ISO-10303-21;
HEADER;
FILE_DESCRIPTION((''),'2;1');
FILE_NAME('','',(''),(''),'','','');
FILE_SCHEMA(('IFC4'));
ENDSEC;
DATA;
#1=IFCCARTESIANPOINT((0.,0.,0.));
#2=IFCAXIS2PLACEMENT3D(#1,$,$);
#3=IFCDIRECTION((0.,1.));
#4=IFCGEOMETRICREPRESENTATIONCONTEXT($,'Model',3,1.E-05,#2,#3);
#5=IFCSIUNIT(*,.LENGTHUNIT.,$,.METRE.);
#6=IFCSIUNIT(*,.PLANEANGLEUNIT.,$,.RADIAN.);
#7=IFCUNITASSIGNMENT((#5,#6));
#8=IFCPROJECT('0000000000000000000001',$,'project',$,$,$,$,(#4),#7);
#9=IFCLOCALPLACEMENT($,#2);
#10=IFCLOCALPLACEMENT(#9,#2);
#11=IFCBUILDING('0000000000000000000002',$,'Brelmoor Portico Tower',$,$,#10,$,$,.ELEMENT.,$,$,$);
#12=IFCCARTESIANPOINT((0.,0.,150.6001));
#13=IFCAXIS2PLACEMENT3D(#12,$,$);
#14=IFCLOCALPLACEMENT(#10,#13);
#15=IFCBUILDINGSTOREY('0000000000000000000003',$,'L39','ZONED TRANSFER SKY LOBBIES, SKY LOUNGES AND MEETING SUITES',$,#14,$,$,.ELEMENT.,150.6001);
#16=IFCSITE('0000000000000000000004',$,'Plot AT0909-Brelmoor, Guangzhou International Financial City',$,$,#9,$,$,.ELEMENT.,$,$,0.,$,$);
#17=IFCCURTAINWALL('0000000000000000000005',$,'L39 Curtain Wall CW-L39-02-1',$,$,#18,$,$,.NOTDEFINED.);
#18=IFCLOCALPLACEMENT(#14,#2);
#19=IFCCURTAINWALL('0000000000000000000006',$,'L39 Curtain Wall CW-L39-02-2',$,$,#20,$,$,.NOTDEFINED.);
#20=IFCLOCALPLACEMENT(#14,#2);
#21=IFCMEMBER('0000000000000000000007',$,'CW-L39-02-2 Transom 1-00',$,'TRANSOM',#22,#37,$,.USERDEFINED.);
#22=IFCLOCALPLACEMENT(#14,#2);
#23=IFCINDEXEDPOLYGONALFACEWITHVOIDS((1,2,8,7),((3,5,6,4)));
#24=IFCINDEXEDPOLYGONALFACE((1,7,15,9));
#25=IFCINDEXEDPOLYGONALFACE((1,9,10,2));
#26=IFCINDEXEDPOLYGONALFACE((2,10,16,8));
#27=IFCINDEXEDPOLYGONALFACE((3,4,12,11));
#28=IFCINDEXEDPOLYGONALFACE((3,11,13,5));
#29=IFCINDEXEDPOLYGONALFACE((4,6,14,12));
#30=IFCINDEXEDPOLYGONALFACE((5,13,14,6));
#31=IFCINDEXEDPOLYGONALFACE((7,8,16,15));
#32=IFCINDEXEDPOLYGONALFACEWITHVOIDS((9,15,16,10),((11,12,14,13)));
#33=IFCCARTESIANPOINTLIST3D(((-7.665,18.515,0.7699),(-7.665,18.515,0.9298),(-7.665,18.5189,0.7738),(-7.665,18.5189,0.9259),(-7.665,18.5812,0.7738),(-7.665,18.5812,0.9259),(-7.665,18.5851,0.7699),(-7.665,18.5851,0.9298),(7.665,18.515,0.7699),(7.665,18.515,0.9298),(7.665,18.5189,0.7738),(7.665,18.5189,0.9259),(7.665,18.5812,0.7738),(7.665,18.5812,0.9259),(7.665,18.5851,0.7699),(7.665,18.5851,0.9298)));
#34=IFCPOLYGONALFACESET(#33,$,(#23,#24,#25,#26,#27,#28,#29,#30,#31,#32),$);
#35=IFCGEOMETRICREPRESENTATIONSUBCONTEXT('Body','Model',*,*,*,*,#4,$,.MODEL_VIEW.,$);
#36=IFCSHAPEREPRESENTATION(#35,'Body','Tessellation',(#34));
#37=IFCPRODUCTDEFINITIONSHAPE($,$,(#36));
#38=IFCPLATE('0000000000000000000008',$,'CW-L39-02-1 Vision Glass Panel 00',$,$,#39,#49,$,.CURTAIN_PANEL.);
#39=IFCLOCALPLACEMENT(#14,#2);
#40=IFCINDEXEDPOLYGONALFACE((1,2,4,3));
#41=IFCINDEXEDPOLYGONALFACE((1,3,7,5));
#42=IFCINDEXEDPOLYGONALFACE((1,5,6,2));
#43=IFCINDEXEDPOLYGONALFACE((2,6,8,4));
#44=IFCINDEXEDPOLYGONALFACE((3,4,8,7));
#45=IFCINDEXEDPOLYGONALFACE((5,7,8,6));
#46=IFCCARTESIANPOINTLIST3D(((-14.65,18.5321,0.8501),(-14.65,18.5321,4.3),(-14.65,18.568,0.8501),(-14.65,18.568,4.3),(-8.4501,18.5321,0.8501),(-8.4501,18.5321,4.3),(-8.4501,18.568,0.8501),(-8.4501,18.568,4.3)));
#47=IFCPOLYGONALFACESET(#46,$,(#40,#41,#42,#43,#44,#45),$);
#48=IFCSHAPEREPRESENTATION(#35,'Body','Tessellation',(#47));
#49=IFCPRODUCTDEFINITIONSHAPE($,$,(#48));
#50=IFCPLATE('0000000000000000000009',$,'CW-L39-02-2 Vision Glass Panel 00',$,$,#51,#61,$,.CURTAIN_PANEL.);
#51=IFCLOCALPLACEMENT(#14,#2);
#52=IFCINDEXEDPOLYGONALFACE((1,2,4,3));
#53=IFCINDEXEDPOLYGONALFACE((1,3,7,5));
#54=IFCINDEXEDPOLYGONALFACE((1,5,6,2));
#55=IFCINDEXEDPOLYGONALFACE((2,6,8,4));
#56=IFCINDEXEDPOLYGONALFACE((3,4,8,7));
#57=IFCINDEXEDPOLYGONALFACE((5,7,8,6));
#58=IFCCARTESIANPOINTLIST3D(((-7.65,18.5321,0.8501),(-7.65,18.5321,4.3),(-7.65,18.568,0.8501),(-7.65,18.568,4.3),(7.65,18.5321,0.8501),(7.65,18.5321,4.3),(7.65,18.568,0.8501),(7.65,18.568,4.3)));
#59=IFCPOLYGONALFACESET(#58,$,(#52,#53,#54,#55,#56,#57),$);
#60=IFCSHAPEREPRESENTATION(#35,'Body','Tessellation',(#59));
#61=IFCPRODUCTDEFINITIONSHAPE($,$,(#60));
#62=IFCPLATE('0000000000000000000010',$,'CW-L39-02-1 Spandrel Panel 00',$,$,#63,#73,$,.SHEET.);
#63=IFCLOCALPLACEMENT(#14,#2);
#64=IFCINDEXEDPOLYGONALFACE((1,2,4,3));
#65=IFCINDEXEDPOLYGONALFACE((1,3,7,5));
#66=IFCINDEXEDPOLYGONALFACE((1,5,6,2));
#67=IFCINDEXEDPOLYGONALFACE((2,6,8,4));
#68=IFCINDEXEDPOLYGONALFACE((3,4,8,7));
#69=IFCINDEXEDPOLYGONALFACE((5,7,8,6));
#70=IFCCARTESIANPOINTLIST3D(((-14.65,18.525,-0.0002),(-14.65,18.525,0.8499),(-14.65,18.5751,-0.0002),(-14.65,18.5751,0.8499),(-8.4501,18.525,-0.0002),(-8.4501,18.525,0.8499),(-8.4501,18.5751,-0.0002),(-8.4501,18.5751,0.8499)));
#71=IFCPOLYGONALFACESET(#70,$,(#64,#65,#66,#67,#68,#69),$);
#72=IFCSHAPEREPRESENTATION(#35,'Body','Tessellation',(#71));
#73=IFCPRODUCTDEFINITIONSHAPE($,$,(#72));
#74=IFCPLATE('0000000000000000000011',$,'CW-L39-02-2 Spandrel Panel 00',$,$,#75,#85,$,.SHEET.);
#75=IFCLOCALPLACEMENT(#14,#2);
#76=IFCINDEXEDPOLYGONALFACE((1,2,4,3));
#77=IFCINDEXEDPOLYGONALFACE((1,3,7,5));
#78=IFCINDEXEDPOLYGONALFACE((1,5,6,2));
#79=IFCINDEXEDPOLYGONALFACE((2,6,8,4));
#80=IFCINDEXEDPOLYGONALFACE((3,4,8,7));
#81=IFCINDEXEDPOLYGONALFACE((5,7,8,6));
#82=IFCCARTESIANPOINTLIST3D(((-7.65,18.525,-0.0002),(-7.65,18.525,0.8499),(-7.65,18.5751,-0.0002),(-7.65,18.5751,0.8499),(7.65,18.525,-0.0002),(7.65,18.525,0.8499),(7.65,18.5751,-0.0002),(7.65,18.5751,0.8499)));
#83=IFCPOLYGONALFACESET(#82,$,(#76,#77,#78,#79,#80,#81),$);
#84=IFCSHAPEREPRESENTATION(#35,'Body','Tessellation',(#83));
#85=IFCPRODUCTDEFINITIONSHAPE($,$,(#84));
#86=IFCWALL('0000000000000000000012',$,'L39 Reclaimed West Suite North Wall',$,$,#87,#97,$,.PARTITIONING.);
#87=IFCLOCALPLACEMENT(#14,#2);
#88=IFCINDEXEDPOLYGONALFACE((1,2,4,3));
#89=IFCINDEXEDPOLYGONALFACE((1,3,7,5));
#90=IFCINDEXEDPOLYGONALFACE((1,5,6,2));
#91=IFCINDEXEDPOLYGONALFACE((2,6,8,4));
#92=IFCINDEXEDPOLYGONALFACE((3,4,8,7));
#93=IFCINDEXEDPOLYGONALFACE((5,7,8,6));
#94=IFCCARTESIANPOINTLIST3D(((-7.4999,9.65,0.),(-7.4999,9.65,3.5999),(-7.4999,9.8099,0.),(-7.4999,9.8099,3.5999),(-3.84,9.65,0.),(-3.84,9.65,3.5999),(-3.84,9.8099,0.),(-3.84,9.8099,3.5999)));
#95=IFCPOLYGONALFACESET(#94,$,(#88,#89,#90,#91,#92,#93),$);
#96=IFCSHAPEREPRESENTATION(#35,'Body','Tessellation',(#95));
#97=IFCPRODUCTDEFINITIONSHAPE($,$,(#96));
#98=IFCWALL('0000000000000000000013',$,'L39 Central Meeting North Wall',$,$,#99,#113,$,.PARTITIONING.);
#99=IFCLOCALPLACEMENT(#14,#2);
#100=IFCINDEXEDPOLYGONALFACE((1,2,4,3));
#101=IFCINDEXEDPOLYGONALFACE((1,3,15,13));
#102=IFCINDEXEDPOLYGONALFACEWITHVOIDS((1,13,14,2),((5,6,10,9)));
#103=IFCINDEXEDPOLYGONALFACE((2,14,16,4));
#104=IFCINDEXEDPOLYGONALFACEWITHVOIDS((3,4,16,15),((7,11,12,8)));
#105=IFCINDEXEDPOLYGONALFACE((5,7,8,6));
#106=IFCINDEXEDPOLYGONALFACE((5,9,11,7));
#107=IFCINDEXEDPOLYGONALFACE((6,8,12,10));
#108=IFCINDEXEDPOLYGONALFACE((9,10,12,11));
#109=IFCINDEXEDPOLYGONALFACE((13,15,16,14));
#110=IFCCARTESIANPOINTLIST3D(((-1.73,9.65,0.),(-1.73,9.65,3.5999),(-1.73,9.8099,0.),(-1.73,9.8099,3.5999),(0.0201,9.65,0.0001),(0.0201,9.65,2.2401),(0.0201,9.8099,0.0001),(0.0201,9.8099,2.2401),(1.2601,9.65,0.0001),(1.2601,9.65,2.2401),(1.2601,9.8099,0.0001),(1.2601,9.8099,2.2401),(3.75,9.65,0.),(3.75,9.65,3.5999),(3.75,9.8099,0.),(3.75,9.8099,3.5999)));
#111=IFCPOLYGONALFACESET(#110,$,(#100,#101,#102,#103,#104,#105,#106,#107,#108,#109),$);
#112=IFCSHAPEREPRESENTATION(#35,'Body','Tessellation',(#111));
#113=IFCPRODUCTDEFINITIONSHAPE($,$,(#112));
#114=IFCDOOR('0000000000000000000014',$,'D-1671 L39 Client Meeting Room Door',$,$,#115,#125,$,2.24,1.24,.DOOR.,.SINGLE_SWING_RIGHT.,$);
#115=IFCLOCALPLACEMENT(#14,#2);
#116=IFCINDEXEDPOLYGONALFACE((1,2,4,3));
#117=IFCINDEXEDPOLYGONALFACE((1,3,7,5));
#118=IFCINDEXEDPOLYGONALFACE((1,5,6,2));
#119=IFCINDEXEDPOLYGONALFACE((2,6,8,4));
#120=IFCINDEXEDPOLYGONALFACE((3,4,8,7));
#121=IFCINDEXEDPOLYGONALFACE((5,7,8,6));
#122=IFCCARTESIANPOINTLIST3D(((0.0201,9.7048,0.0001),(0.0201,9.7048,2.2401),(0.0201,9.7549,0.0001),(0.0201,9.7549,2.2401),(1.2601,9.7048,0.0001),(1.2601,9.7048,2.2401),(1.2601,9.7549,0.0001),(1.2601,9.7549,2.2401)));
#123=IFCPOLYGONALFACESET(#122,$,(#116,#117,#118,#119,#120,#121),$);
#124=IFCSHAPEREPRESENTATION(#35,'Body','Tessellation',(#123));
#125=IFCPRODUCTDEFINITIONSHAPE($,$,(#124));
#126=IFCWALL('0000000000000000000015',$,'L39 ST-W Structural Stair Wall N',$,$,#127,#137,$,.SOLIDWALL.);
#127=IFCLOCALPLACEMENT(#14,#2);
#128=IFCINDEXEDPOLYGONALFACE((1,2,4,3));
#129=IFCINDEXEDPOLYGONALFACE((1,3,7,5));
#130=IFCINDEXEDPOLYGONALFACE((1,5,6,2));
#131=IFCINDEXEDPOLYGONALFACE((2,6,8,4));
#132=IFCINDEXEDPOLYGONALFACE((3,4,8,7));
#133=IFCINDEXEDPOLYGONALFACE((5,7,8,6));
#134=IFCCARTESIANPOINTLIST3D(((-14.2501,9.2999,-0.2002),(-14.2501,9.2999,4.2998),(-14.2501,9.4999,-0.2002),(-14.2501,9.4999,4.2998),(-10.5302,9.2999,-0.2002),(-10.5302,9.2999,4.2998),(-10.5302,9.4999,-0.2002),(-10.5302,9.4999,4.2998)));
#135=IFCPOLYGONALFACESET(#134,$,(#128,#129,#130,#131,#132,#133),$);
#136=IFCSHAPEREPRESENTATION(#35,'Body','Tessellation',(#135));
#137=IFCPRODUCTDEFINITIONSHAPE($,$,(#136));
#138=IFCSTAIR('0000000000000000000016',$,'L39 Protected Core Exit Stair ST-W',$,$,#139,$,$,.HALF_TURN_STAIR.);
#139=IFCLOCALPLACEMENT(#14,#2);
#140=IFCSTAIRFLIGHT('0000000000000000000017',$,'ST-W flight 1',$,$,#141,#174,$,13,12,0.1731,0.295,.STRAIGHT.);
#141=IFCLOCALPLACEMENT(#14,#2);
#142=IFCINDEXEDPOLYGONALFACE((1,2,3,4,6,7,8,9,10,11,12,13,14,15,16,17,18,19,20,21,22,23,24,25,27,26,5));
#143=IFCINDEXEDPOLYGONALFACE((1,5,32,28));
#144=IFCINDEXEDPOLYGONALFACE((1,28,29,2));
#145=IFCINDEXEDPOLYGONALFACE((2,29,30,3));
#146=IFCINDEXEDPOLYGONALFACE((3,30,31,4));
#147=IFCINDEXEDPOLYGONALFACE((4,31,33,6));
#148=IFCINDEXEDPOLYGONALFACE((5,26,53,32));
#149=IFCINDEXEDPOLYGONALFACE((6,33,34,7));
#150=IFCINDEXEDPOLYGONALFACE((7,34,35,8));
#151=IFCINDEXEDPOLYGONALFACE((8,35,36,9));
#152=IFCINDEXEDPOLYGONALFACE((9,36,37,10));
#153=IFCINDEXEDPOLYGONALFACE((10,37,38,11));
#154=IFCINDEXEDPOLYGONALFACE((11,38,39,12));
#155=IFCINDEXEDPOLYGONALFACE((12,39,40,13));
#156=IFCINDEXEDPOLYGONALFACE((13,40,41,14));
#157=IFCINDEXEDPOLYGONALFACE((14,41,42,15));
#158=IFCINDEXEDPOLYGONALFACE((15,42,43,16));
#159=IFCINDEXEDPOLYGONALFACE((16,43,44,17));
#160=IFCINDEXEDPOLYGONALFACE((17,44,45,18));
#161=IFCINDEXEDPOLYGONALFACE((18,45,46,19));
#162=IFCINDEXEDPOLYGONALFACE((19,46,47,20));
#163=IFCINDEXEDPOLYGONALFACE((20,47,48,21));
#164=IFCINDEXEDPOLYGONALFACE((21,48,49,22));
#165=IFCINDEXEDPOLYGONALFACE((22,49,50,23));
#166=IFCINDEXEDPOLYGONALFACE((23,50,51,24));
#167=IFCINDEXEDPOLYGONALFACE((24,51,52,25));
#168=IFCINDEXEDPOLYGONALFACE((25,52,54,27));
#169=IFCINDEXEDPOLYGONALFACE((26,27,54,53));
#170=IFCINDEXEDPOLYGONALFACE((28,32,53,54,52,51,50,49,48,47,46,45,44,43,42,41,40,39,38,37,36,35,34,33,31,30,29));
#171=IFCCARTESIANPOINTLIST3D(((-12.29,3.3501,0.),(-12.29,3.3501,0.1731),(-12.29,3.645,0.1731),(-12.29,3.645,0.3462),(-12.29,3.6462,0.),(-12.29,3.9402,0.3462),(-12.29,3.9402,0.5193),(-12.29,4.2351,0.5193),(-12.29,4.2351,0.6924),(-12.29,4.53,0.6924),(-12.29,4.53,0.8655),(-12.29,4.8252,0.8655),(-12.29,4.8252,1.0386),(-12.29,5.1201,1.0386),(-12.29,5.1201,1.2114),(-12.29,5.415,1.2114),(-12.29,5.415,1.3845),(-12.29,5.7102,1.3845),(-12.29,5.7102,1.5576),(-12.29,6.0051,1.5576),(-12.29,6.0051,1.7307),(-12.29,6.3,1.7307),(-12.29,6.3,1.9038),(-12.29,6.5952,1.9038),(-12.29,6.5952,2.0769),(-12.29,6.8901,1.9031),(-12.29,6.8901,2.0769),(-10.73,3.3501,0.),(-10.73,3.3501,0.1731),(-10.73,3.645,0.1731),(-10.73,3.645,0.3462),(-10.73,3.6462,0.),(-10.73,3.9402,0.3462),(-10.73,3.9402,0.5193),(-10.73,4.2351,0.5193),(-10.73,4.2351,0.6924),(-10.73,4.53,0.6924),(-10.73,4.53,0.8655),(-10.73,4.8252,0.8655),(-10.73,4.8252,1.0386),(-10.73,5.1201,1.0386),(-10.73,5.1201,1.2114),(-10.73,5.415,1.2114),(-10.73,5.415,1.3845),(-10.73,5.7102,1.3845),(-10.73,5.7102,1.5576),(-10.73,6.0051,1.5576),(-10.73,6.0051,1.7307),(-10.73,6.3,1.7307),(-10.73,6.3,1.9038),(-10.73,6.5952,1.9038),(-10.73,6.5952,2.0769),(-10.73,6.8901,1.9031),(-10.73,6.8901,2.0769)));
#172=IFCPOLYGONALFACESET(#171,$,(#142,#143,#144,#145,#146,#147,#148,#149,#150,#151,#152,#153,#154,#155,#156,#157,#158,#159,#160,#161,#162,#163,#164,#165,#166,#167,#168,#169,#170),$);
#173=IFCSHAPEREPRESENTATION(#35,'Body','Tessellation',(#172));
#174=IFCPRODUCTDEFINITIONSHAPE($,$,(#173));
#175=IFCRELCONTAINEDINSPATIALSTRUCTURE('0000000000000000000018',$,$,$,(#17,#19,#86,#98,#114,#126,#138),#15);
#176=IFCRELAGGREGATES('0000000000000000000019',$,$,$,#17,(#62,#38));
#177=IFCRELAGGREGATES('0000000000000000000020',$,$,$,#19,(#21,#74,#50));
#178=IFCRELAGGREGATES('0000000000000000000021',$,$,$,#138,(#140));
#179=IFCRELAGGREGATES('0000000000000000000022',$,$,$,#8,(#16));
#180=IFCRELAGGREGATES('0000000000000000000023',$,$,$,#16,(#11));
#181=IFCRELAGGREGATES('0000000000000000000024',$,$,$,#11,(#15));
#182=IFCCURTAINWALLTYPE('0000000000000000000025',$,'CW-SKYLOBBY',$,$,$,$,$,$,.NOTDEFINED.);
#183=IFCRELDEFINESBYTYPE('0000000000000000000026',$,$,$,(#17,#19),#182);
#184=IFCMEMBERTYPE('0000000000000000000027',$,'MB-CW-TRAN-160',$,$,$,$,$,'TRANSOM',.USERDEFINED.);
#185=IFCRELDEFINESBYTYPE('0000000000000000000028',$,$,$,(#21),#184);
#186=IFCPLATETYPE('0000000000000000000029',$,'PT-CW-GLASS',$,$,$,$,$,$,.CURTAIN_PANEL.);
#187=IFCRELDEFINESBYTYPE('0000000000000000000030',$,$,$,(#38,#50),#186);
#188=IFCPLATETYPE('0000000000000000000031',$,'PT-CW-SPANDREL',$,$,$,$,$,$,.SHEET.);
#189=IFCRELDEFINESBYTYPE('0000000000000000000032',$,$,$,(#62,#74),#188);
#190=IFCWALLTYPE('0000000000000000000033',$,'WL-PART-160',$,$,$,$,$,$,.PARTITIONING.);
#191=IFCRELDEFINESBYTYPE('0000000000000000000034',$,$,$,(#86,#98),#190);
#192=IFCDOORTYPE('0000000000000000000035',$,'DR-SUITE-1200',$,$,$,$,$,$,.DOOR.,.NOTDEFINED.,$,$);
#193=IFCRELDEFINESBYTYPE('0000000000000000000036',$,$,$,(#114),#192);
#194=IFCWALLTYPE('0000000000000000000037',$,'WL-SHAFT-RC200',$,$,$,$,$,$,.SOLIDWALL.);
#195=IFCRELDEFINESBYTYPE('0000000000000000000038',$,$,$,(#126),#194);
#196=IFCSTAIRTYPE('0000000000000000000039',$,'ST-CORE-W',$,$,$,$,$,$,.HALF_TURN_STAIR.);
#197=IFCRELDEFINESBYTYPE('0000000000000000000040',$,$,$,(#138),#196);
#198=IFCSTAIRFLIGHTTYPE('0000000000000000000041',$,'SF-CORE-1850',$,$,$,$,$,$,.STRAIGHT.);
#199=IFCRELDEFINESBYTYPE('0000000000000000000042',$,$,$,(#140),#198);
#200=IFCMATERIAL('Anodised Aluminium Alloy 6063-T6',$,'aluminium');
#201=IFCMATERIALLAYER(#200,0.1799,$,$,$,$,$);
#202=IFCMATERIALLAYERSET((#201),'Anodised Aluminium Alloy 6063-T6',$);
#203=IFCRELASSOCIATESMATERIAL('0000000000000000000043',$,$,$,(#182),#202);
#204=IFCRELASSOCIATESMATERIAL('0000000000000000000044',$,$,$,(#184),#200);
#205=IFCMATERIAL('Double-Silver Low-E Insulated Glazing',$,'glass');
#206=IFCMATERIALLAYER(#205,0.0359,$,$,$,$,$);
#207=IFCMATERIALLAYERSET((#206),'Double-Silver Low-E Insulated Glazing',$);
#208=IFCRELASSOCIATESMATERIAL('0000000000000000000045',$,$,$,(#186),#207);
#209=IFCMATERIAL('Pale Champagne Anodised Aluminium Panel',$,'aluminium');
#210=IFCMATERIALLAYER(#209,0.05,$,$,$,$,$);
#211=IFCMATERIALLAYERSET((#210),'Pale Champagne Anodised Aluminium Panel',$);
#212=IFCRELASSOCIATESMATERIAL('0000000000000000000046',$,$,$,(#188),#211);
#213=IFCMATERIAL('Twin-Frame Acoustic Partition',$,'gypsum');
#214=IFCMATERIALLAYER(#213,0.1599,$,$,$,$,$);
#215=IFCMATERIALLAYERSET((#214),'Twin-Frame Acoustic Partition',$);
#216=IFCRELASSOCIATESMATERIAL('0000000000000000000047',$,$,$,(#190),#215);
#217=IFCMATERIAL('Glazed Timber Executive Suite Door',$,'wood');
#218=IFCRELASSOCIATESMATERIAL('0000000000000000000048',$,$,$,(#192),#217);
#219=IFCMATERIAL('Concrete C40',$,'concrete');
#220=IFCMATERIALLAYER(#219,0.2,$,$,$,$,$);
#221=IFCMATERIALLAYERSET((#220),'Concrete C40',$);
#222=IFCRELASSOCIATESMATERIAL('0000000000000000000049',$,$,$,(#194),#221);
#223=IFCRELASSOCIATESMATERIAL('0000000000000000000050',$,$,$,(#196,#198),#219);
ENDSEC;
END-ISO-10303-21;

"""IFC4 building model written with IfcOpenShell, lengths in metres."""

from ifc_helpers import new_model, si_unit, direction, frame, frame_2d, origin, origin_2d, place, context, subcontext, project, spatial, polyline, rectangle, hollow_rectangle, outline, extrude, material, layer, layer_set, material_profile, profile_set, type_object, element, fill, aggregate, save


model = new_model("IFC4")

# Units and contexts
model_context = context("Model", 3, precision=1e-05, world=origin(), true_north=direction((0.0, 1.0)))
body_context = subcontext(model_context, "Body", "Model", "MODEL_VIEW")
ifc_project = project(units=[si_unit("LENGTHUNIT", "METRE"), si_unit("PLANEANGLEUNIT", "RADIAN")], contexts=[model_context])

# Site, building, storey
site_placement = place(None, origin())
site = spatial("IfcSite", under=ifc_project, at=site_placement, Name="Plot AT0909-Brelmoor, Guangzhou International Financial City", CompositionType="ELEMENT", RefElevation=0.0)
building_placement = place(site_placement, origin())
building = spatial("IfcBuilding", under=site, at=building_placement, Name="Brelmoor Portico Tower", CompositionType="ELEMENT")
storey_placement = place(building_placement, frame((0.0, 0.0, 150.6001)))
storey = spatial("IfcBuildingStorey", under=building, at=storey_placement, Name="L39", Description="ZONED TRANSFER SKY LOBBIES, SKY LOUNGES AND MEETING SUITES", CompositionType="ELEMENT", Elevation=150.6001)

# Curtain wall
ifc_material_1 = material(Name="Anodised Aluminium Alloy 6063-T6", Category="aluminium")
ifc_layer_1 = layer(ifc_material_1, 0.1799)
ifc_layer_set_1 = layer_set([ifc_layer_1], Name="Anodised Aluminium Alloy 6063-T6")
curtain_wall_type = type_object("IfcCurtainWallType", Name="CW-SKYLOBBY", PredefinedType="NOTDEFINED", material=ifc_layer_set_1)
curtain_wall_1_placement = place(storey_placement, origin())
curtain_wall_1 = element("IfcCurtainWall", 1, at=curtain_wall_1_placement, inside=storey, type_object=curtain_wall_type, Name="L39 Curtain Wall CW-L39-02-1", PredefinedType="NOTDEFINED")

# Curtain wall, member
curtain_wall_2_placement = place(storey_placement, origin())
curtain_wall_2 = element("IfcCurtainWall", 2, at=curtain_wall_2_placement, inside=storey, type_object=curtain_wall_type, Name="L39 Curtain Wall CW-L39-02-2", PredefinedType="NOTDEFINED")
ifc_material_profile_1 = material_profile(ifc_material_1, hollow_rectangle(XDim=0.0701, YDim=0.1599, WallThickness=0.0039, at=origin_2d()), Name="ALU TRANSOM 70x160")
ifc_profile_set_1 = profile_set([ifc_material_profile_1], Name="Anodised Aluminium Alloy 6063-T6")
member_type_1 = type_object("IfcMemberType", Name="MB-CW-TRAN-160", ElementType="TRANSOM", PredefinedType="USERDEFINED", material=ifc_profile_set_1)
member_1_placement = place(storey_placement, frame((-7.665, 18.55, 0.8499), z_axis=(1.0, 0.0, 0.0), x_axis=(0.0, 1.0, 0.0)))
member_1 = element("IfcMember", 3, at=member_1_placement, type_object=member_type_1, Name="CW-L39-02-2 Transom 1-00", ObjectType="TRANSOM", PredefinedType="USERDEFINED", context=body_context, shape_type="SweptSolid", body=[
    extrude(hollow_rectangle(XDim=0.0701, YDim=0.1599, WallThickness=0.0039, at=origin_2d()), origin(), (0.0, 0.0, 1.0), 15.3301),
])

# Plates
ifc_material_2 = material(Name="Double-Silver Low-E Insulated Glazing", Category="glass")
ifc_layer_2 = layer(ifc_material_2, 0.0359)
ifc_layer_set_2 = layer_set([ifc_layer_2], Name="Double-Silver Low-E Insulated Glazing")
plate_type_1 = type_object("IfcPlateType", Name="PT-CW-GLASS", PredefinedType="CURTAIN_PANEL", material=ifc_layer_set_2)
plate_1_placement = place(storey_placement, frame((-11.55, 18.55, 0.8501), z_axis=(0.0, 0.0, 1.0), x_axis=(1.0, 0.0, 0.0)))
plate_1 = element("IfcPlate", 4, at=plate_1_placement, type_object=plate_type_1, Name="CW-L39-02-1 Vision Glass Panel 00", PredefinedType="CURTAIN_PANEL", context=body_context, shape_type="SweptSolid", body=[
    extrude(rectangle(XDim=6.2, YDim=0.0359, at=origin_2d()), origin(), (0.0, 0.0, 1.0), 3.45),
])
plate_2_placement = place(storey_placement, frame((0.0, 18.55, 0.8501), z_axis=(0.0, 0.0, 1.0), x_axis=(1.0, 0.0, 0.0)))
plate_2 = element("IfcPlate", 5, at=plate_2_placement, type_object=plate_type_1, Name="CW-L39-02-2 Vision Glass Panel 00", PredefinedType="CURTAIN_PANEL", context=body_context, shape_type="SweptSolid", body=[
    extrude(rectangle(XDim=15.3, YDim=0.0359, at=origin_2d()), origin(), (0.0, 0.0, 1.0), 3.45),
])
ifc_material_3 = material(Name="Pale Champagne Anodised Aluminium Panel", Category="aluminium")
ifc_layer_3 = layer(ifc_material_3, 0.05)
ifc_layer_set_3 = layer_set([ifc_layer_3], Name="Pale Champagne Anodised Aluminium Panel")
plate_type_2 = type_object("IfcPlateType", Name="PT-CW-SPANDREL", PredefinedType="SHEET", material=ifc_layer_set_3)
plate_3_placement = place(storey_placement, frame((-11.55, 18.55, -0.0002), z_axis=(0.0, 0.0, 1.0), x_axis=(1.0, 0.0, 0.0)))
plate_3 = element("IfcPlate", 6, at=plate_3_placement, type_object=plate_type_2, Name="CW-L39-02-1 Spandrel Panel 00", PredefinedType="SHEET", context=body_context, shape_type="SweptSolid", body=[
    extrude(rectangle(XDim=6.2, YDim=0.05, at=origin_2d()), origin(), (0.0, 0.0, 1.0), 0.8501),
])
aggregate(curtain_wall_1, [plate_3, plate_1])
plate_4_placement = place(storey_placement, frame((0.0, 18.55, -0.0002), z_axis=(0.0, 0.0, 1.0), x_axis=(1.0, 0.0, 0.0)))
plate_4 = element("IfcPlate", 7, at=plate_4_placement, type_object=plate_type_2, Name="CW-L39-02-2 Spandrel Panel 00", PredefinedType="SHEET", context=body_context, shape_type="SweptSolid", body=[
    extrude(rectangle(XDim=15.3, YDim=0.05, at=origin_2d()), origin(), (0.0, 0.0, 1.0), 0.8501),
])
aggregate(curtain_wall_2, [member_1, plate_4, plate_2])

# Wall
ifc_material_4 = material(Name="Twin-Frame Acoustic Partition", Category="gypsum")
ifc_layer_4 = layer(ifc_material_4, 0.1599)
ifc_layer_set_4 = layer_set([ifc_layer_4], Name="Twin-Frame Acoustic Partition")
wall_type_1 = type_object("IfcWallType", Name="WL-PART-160", PredefinedType="PARTITIONING", material=ifc_layer_set_4)
wall_1_placement = place(storey_placement, frame((-7.5, 9.73, 0.0), z_axis=(0.0, 0.0, 1.0), x_axis=(1.0, 0.0, 0.0)))
element("IfcWall", 8, at=wall_1_placement, inside=storey, type_object=wall_type_1, Name="L39 Reclaimed West Suite North Wall", PredefinedType="PARTITIONING", context=body_context, shape_type="SweptSolid", body=[
    extrude(rectangle(XDim=3.6599, YDim=0.1599, at=frame_2d((1.8301, 0.0))), origin(), (0.0, 0.0, 1.0), 3.5999),
])

# Wall, opening, door
wall_2_placement = place(storey_placement, frame((-1.73, 9.73, 0.0), z_axis=(0.0, 0.0, 1.0), x_axis=(1.0, 0.0, 0.0)))
wall_2 = element("IfcWall", 9, at=wall_2_placement, inside=storey, type_object=wall_type_1, Name="L39 Central Meeting North Wall", PredefinedType="PARTITIONING", context=body_context, shape_type="SweptSolid", body=[
    extrude(rectangle(XDim=5.48, YDim=0.1599, at=frame_2d((2.74, 0.0))), origin(), (0.0, 0.0, 1.0), 3.5999),
])
opening_placement = place(wall_2_placement, frame((1.75, 0.0, 0.0)))
opening = element("IfcOpeningElement", 10, at=opening_placement, cuts=wall_2, PredefinedType="OPENING", context=body_context, shape_type="SweptSolid", body=[
    extrude(rectangle(XDim=1.24, YDim=2.24, at=frame_2d((0.6201, 1.1201))), frame((0.0, 0.0898, 0.0), z_axis=(0.0, -1.0, 0.0), x_axis=(1.0, 0.0, 0.0)), (0.0, 0.0, 1.0), 0.1799),
])
ifc_material_5 = material(Name="Glazed Timber Executive Suite Door", Category="wood")
door_type = type_object("IfcDoorType", Name="DR-SUITE-1200", OperationType="NOTDEFINED", PredefinedType="DOOR", material=ifc_material_5)
door_placement = place(opening_placement, origin())
door = element("IfcDoor", 11, at=door_placement, inside=storey, type_object=door_type, Name="D-1671 L39 Client Meeting Room Door", OperationType="SINGLE_SWING_RIGHT", OverallHeight=2.24, OverallWidth=1.24, PredefinedType="DOOR", context=body_context, shape_type="SweptSolid", body=[
    extrude(rectangle(XDim=1.24, YDim=2.24, at=frame_2d((0.6201, 1.1201))), frame((0.0, 0.0249, 0.0), z_axis=(0.0, -1.0, 0.0), x_axis=(1.0, 0.0, 0.0)), (0.0, 0.0, 1.0), 0.05),
])
fill(opening, door)

# Wall
ifc_material_6 = material(Name="Concrete C40", Category="concrete")
ifc_layer_5 = layer(ifc_material_6, 0.2)
ifc_layer_set_5 = layer_set([ifc_layer_5], Name="Concrete C40")
wall_type_2 = type_object("IfcWallType", Name="WL-SHAFT-RC200", PredefinedType="SOLIDWALL", material=ifc_layer_set_5)
wall_3_placement = place(storey_placement, frame((-14.25, 9.3999, -0.2002), z_axis=(0.0, 0.0, 1.0), x_axis=(1.0, 0.0, 0.0)))
element("IfcWall", 12, at=wall_3_placement, inside=storey, type_object=wall_type_2, Name="L39 ST-W Structural Stair Wall N", PredefinedType="SOLIDWALL", context=body_context, shape_type="SweptSolid", body=[
    extrude(rectangle(XDim=3.72, YDim=0.2, at=frame_2d((1.8599, 0.0))), origin(), (0.0, 0.0, 1.0), 4.5),
])

# Stair, stair flight
stair_type = type_object("IfcStairType", Name="ST-CORE-W", PredefinedType="HALF_TURN_STAIR", material=ifc_material_6)
stair_placement = place(storey_placement, origin())
stair = element("IfcStair", 13, at=stair_placement, inside=storey, type_object=stair_type, Name="L39 Protected Core Exit Stair ST-W", PredefinedType="HALF_TURN_STAIR")
stair_flight_type = type_object("IfcStairFlightType", Name="SF-CORE-1850", PredefinedType="STRAIGHT", material=ifc_material_6)
stair_flight_1_placement = place(storey_placement, frame((-11.51, 3.3501, 0.0), z_axis=(0.0, 0.0, 1.0), x_axis=(0.0, 1.0, 0.0)))
stair_flight_1 = element("IfcStairFlight", 14, at=stair_flight_1_placement, type_object=stair_flight_type, Name="ST-W flight 1", NumberOfRisers=13, NumberOfTreads=12, PredefinedType="STRAIGHT", RiserHeight=0.1731, TreadLength=0.295, context=body_context, shape_type="SweptSolid", body=[
    extrude(outline(polyline([(0.0, 0.0), (0.0, 0.1731), (0.2949, 0.1731), (0.2949, 0.3462), (0.5901, 0.3462), (0.5901, 0.5193), (0.885, 0.5193), (0.885, 0.6924), (1.1799, 0.6924), (1.1799, 0.8655), (1.4751, 0.8655), (1.4751, 1.0386), (1.77, 1.0386), (1.77, 1.2114), (2.0649, 1.2114), (2.0649, 1.3845), (2.3601, 1.3845), (2.3601, 1.5576), (2.655, 1.5576), (2.655, 1.7307), (2.95, 1.7307), (2.95, 1.9038), (3.2451, 1.9038), (3.2451, 2.0769), (3.54, 2.0769), (3.54, 2.25), (3.54, 1.9031), (0.2961, 0.0), (0.0, 0.0)])), frame((0.0, 0.78, 0.0), z_axis=(0.0, -1.0, 0.0), x_axis=(1.0, 0.0, 0.0)), (0.0, 0.0, 1.0), 1.5601),
])
aggregate(stair, [stair_flight_1])

save(model, "model.ifc")
